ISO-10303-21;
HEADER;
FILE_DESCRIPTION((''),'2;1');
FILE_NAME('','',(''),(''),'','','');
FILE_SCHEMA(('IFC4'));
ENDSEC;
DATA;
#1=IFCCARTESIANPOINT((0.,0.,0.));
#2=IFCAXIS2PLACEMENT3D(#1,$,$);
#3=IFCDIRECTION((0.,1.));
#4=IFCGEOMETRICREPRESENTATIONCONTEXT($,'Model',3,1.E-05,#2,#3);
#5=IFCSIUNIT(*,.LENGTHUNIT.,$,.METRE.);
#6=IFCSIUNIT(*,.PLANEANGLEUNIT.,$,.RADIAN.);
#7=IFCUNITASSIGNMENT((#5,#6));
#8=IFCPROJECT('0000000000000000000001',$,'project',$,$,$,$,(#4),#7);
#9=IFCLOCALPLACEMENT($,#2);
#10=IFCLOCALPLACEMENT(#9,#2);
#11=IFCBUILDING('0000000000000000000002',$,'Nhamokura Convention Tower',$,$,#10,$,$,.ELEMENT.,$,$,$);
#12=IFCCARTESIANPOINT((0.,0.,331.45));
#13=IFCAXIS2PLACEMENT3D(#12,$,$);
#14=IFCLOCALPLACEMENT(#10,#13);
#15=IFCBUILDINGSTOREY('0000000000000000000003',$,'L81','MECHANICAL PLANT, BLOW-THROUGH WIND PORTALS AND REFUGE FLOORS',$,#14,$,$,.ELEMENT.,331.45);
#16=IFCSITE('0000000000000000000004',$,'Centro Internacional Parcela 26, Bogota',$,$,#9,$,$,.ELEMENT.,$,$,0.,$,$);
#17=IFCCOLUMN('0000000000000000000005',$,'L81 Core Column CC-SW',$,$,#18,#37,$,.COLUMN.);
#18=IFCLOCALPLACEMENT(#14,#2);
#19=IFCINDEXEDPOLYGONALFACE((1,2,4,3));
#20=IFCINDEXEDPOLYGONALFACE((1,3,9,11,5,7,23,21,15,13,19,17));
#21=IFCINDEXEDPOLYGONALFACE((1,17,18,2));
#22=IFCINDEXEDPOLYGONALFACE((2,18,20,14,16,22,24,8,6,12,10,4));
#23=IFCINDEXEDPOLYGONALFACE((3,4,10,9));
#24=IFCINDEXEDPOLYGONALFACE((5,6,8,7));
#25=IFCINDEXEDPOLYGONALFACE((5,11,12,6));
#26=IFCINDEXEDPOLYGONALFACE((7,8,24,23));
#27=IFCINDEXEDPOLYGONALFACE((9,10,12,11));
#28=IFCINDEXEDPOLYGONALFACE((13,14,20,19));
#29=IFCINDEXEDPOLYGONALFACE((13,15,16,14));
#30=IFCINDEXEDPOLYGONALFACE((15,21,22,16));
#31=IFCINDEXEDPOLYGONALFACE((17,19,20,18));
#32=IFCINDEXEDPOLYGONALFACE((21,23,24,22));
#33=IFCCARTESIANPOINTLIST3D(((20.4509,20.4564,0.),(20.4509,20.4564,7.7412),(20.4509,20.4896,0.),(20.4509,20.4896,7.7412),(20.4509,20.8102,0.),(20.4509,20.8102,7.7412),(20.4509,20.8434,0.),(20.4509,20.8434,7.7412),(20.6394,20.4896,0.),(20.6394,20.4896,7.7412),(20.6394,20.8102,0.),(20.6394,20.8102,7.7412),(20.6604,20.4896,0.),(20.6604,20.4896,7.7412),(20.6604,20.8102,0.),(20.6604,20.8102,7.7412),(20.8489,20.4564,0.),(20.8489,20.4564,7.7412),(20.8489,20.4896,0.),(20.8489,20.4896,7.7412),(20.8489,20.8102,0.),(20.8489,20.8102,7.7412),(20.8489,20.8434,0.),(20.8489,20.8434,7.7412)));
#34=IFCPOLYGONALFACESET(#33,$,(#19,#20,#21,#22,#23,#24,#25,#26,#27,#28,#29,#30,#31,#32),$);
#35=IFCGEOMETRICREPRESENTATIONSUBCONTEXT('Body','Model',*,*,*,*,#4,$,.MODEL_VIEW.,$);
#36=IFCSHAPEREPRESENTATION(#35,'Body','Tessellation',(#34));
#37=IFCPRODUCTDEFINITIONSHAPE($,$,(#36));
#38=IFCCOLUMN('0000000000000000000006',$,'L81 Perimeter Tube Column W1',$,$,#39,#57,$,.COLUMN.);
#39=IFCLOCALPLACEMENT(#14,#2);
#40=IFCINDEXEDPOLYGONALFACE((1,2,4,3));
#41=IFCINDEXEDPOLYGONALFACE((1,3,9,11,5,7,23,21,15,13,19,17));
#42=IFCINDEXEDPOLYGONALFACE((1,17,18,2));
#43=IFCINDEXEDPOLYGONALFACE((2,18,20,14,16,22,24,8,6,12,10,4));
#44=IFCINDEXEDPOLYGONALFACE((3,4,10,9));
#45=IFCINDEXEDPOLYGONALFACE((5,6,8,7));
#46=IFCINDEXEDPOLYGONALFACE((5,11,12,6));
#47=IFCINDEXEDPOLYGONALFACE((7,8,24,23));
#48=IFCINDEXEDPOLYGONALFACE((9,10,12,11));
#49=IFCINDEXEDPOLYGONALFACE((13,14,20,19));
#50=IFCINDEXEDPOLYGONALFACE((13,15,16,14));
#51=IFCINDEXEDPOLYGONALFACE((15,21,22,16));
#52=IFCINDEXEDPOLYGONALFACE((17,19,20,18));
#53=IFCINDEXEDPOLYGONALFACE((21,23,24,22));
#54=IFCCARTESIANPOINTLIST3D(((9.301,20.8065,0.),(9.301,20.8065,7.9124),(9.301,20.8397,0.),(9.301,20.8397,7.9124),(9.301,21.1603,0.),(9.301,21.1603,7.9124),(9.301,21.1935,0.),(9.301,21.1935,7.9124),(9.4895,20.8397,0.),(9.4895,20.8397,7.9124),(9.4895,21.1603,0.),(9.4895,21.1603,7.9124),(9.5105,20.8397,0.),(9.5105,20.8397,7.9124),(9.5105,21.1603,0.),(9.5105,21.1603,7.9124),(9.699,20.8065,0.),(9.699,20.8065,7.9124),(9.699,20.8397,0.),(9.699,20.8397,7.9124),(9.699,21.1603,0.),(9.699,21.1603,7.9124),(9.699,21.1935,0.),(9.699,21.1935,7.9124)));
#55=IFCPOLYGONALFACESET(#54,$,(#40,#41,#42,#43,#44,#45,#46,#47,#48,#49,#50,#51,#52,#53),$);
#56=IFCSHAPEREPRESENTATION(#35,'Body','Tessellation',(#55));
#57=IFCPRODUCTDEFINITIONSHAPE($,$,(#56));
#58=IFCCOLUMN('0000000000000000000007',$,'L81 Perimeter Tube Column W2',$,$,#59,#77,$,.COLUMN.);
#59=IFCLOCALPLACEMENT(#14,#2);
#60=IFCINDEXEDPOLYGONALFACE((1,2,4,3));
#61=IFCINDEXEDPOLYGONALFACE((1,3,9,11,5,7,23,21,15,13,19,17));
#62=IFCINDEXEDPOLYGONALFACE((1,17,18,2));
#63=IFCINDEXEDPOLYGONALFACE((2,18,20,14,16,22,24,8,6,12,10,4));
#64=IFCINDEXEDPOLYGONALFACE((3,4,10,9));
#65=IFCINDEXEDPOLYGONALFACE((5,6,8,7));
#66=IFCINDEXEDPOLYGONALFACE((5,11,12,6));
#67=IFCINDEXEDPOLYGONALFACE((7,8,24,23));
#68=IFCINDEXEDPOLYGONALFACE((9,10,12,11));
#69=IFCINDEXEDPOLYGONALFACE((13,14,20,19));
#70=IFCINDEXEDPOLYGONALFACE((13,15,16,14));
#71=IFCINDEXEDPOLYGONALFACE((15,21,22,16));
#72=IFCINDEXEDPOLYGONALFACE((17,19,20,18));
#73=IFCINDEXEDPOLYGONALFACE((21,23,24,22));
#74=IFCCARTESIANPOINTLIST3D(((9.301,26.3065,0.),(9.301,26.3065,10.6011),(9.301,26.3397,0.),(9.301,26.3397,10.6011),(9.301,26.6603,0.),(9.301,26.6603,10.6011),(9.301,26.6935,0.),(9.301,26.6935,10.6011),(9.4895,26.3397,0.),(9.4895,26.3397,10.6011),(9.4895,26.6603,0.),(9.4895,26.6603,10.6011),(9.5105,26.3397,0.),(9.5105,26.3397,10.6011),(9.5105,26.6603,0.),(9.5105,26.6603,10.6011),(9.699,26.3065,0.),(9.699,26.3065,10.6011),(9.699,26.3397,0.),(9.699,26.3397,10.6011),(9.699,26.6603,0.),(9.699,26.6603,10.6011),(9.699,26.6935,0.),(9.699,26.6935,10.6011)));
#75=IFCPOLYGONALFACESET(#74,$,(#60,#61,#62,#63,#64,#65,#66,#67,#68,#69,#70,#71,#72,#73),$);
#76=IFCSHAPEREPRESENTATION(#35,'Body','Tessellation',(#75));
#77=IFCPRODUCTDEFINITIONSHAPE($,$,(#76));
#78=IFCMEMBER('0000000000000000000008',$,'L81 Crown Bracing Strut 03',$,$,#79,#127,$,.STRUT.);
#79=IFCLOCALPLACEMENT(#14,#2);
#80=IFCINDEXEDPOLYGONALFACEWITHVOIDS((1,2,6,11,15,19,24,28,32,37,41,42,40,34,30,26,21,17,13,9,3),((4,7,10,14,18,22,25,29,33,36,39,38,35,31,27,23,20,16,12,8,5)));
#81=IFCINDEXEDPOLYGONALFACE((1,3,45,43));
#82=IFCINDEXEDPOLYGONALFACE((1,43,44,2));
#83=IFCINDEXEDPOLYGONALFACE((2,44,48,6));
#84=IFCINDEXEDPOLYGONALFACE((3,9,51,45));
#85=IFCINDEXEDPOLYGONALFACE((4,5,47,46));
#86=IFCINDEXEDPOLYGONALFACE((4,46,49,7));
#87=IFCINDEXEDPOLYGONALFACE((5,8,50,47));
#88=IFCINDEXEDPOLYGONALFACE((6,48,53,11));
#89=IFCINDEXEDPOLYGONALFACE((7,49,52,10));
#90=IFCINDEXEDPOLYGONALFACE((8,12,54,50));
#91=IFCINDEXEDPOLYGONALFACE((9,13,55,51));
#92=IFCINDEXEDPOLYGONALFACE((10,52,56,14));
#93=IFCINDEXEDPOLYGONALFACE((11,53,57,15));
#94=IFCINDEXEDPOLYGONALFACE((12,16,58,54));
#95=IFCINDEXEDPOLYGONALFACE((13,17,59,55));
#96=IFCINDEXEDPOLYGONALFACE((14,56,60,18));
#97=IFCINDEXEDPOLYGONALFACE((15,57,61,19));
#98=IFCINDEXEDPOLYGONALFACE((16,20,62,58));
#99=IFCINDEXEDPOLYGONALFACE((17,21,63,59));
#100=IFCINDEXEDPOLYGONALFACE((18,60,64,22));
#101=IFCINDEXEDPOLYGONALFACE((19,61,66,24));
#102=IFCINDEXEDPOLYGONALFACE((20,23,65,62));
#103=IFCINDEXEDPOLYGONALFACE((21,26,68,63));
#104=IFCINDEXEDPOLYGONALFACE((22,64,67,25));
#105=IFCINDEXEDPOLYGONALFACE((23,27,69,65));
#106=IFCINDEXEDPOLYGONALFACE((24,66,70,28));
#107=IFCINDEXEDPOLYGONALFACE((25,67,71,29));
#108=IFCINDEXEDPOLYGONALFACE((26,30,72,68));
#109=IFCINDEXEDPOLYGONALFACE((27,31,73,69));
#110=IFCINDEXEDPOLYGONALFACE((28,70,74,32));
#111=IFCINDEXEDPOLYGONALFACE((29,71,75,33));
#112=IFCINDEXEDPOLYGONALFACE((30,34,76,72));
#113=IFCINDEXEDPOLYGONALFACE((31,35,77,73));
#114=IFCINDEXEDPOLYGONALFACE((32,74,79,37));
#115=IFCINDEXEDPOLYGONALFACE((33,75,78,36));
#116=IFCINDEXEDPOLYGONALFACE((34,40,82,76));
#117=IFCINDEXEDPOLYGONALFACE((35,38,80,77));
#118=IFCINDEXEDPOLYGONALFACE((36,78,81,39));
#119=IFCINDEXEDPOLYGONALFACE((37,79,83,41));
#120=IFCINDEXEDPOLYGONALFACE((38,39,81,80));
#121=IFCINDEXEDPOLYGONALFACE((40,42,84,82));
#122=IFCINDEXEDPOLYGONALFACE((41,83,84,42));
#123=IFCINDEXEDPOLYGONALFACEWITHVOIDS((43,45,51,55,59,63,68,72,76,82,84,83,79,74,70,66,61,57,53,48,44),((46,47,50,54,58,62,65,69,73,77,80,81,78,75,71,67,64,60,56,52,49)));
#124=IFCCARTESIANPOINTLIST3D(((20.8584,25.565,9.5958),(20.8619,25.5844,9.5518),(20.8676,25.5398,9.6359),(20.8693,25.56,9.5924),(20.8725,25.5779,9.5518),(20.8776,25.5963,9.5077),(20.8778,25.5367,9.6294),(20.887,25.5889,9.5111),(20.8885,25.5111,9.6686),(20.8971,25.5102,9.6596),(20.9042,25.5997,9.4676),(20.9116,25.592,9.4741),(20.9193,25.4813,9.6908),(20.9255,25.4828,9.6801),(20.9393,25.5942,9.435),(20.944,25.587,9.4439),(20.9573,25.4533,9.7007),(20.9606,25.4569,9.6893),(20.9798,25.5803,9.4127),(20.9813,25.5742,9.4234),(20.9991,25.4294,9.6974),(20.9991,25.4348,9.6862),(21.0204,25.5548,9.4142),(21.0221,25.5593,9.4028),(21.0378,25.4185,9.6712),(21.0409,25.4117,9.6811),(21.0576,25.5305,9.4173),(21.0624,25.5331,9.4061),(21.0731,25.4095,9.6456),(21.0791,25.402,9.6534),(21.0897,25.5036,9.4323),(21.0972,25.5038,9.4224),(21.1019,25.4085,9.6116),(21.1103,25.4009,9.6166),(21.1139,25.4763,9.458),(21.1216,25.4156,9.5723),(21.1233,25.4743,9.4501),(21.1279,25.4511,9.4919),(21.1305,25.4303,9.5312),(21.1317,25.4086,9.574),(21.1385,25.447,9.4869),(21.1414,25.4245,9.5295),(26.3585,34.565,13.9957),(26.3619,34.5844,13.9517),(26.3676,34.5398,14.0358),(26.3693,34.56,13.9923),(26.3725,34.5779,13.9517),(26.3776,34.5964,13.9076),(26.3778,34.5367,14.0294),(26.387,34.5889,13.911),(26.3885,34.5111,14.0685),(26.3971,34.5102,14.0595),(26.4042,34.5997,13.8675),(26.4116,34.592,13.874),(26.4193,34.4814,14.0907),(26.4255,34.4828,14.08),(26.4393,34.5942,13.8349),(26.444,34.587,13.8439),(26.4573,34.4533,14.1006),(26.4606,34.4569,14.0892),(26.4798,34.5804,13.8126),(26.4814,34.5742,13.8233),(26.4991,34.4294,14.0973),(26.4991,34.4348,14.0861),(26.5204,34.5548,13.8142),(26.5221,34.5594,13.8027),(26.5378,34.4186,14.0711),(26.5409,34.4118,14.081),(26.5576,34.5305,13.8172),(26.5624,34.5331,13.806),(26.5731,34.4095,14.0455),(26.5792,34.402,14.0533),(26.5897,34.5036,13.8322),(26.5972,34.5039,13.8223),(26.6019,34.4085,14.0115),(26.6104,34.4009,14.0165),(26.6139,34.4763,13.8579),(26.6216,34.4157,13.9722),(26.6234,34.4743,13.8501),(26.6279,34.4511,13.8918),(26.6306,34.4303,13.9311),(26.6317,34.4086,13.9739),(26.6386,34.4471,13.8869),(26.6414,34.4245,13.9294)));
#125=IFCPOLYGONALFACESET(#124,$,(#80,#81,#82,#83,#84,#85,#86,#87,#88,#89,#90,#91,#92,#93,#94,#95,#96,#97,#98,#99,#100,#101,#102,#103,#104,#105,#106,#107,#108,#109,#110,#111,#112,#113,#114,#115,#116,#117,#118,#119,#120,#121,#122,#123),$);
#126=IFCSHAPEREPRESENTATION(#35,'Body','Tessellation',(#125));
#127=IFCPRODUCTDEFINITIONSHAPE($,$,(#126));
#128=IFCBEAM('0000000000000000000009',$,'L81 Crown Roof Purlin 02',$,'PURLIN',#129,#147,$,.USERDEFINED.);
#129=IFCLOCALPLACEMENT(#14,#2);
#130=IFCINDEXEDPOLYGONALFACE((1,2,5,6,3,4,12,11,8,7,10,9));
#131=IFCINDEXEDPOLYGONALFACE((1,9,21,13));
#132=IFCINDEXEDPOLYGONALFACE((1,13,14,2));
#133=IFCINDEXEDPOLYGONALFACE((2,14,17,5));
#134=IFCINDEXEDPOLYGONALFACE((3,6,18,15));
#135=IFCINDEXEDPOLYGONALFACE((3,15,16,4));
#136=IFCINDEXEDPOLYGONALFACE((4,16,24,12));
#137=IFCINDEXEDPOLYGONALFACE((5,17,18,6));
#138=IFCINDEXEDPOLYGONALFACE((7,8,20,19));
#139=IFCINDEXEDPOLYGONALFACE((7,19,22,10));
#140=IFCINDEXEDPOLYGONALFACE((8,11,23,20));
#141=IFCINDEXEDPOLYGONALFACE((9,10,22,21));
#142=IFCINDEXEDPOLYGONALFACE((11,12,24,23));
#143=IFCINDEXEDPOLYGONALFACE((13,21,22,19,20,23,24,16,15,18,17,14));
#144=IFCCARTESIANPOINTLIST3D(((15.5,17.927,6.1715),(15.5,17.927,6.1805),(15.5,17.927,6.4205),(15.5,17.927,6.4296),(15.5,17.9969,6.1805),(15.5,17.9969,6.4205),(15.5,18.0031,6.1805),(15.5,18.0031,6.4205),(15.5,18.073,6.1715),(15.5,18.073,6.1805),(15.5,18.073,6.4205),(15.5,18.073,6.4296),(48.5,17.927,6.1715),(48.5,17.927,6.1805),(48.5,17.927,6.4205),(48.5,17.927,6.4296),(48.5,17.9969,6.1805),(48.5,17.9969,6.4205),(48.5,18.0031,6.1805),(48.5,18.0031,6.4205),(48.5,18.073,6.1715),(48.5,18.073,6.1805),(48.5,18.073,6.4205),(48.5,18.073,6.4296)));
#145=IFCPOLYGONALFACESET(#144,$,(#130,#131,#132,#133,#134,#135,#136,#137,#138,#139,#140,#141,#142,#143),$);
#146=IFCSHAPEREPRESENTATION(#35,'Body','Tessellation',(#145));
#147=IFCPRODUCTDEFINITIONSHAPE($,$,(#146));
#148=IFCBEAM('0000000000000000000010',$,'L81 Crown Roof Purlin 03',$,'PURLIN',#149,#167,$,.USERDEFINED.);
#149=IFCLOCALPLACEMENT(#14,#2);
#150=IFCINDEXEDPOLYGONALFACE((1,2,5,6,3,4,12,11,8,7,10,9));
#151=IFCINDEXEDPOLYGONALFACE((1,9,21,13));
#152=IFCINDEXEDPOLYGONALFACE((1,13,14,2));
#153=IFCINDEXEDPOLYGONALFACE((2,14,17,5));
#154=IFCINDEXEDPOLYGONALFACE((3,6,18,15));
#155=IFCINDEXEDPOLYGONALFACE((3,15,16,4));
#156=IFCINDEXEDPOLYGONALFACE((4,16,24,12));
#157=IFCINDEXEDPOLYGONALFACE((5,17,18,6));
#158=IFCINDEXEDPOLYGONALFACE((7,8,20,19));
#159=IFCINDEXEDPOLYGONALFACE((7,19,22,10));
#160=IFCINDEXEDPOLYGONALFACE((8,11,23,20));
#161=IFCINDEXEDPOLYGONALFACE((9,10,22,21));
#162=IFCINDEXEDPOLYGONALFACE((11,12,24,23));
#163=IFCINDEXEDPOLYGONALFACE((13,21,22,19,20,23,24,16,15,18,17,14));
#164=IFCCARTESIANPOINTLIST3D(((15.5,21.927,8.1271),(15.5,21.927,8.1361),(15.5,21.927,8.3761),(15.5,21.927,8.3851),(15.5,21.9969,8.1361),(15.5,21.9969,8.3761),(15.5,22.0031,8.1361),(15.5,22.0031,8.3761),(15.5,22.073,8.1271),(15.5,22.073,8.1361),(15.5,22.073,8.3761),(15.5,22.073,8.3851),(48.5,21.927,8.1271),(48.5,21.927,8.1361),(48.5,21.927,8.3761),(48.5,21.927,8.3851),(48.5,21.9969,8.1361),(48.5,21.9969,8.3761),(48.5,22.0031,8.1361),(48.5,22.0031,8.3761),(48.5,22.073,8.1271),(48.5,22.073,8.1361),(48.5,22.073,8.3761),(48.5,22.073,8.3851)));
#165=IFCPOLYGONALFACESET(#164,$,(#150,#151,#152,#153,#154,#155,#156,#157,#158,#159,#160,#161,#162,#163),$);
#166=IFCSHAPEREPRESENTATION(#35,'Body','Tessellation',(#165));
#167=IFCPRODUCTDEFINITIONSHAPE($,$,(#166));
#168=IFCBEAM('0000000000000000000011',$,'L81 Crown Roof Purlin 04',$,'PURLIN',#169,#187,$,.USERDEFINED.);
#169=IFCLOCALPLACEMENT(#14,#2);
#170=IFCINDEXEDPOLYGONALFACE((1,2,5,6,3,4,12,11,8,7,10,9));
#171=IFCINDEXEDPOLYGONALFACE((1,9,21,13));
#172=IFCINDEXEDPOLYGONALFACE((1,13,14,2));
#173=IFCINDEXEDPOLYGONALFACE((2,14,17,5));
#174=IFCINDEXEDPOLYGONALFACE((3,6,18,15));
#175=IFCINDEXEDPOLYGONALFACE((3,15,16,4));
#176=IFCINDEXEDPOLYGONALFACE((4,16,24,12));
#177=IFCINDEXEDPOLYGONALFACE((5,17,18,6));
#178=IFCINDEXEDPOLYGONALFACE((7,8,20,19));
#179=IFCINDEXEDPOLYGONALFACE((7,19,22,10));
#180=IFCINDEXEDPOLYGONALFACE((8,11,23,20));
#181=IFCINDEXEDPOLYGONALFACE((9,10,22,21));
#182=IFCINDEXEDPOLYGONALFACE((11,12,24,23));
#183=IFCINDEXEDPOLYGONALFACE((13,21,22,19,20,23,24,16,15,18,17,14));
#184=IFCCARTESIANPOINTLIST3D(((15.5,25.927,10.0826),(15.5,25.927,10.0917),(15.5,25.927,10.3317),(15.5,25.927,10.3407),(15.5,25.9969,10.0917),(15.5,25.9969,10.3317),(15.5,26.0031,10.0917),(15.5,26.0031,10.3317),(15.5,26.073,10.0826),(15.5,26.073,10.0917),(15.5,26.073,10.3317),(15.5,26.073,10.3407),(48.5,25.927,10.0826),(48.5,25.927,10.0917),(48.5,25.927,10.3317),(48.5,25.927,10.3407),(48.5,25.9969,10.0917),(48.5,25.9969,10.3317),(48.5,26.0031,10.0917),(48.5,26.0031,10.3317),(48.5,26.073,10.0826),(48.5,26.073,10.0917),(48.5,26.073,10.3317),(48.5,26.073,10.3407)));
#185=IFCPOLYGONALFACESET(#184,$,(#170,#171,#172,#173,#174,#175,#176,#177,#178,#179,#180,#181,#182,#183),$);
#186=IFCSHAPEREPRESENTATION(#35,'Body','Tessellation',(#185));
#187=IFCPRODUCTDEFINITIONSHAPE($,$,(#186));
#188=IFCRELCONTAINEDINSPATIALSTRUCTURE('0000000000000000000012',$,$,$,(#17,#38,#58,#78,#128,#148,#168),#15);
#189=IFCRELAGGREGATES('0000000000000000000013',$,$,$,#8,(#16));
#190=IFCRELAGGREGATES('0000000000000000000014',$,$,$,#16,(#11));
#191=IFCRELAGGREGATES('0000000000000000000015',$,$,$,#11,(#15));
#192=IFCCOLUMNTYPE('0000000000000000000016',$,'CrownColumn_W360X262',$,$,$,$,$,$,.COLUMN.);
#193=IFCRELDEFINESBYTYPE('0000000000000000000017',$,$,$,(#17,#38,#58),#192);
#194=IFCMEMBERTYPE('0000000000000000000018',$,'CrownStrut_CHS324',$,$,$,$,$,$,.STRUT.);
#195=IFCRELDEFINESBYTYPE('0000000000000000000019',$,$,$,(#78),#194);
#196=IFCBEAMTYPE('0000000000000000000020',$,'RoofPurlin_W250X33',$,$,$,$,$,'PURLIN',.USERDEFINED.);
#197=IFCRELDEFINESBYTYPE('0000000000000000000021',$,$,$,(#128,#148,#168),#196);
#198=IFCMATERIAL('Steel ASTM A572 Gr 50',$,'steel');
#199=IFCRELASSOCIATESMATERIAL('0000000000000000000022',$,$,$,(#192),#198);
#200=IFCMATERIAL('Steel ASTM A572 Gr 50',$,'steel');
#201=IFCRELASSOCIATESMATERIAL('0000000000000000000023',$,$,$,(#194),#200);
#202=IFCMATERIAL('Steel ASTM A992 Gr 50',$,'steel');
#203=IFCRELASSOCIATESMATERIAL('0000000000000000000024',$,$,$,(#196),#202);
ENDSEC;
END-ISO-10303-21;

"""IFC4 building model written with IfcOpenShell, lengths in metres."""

from ifc_helpers import new_model, si_unit, direction, frame, origin, origin_2d, place, context, subcontext, project, spatial, hollow_circle, i_section, extrude, material, material_profile, profile_set, type_object, element, save


model = new_model("IFC4")

# Units and contexts
model_context = context("Model", 3, precision=1e-05, world=origin(), true_north=direction((0.0, 1.0)))
body_context = subcontext(model_context, "Body", "Model", "MODEL_VIEW")
ifc_project = project(units=[si_unit("LENGTHUNIT", "METRE"), si_unit("PLANEANGLEUNIT", "RADIAN")], contexts=[model_context])

# Site, building, storey
site_placement = place(None, origin())
site = spatial("IfcSite", under=ifc_project, at=site_placement, Name="Centro Internacional Parcela 26, Bogota", CompositionType="ELEMENT", RefElevation=0.0)
building_placement = place(site_placement, origin())
building = spatial("IfcBuilding", under=site, at=building_placement, Name="Nhamokura Convention Tower", CompositionType="ELEMENT")
storey_placement = place(building_placement, frame((0.0, 0.0, 331.45)))
storey = spatial("IfcBuildingStorey", under=building, at=storey_placement, Name="L81", Description="MECHANICAL PLANT, BLOW-THROUGH WIND PORTALS AND REFUGE FLOORS", CompositionType="ELEMENT", Elevation=331.45)

# Columns
ifc_material_1 = material(Name="Steel ASTM A572 Gr 50", Category="steel")
ifc_material_profile_1 = material_profile(ifc_material_1, i_section(OverallWidth=0.3979, OverallDepth=0.387, WebThickness=0.021, FlangeThickness=0.0332, at=origin_2d()))
ifc_profile_set_1 = profile_set([ifc_material_profile_1], Name="Steel ASTM A572 Gr 50")
column_type = type_object("IfcColumnType", Name="CrownColumn_W360X262", PredefinedType="COLUMN", material=ifc_profile_set_1)
column_1_placement = place(storey_placement, frame((20.6499, 20.6499, 0.0), z_axis=(0.0, 0.0, 1.0), x_axis=(1.0, 0.0, 0.0)))
element("IfcColumn", 1, at=column_1_placement, inside=storey, type_object=column_type, Name="L81 Core Column CC-SW", PredefinedType="COLUMN", context=body_context, shape_type="SweptSolid", body=[
    extrude(i_section(OverallWidth=0.3979, OverallDepth=0.387, WebThickness=0.021, FlangeThickness=0.0332, at=origin_2d()), origin(), (0.0, 0.0, 1.0), 7.7412),
])
column_2_placement = place(storey_placement, frame((9.5, 21.0, 0.0), z_axis=(0.0, 0.0, 1.0), x_axis=(1.0, 0.0, 0.0)))
element("IfcColumn", 2, at=column_2_placement, inside=storey, type_object=column_type, Name="L81 Perimeter Tube Column W1", PredefinedType="COLUMN", context=body_context, shape_type="SweptSolid", body=[
    extrude(i_section(OverallWidth=0.3979, OverallDepth=0.387, WebThickness=0.021, FlangeThickness=0.0332, at=origin_2d()), origin(), (0.0, 0.0, 1.0), 7.9124),
])
column_3_placement = place(storey_placement, frame((9.5, 26.5, 0.0), z_axis=(0.0, 0.0, 1.0), x_axis=(1.0, 0.0, 0.0)))
element("IfcColumn", 3, at=column_3_placement, inside=storey, type_object=column_type, Name="L81 Perimeter Tube Column W2", PredefinedType="COLUMN", context=body_context, shape_type="SweptSolid", body=[
    extrude(i_section(OverallWidth=0.3979, OverallDepth=0.387, WebThickness=0.021, FlangeThickness=0.0332, at=origin_2d()), origin(), (0.0, 0.0, 1.0), 10.6011),
])

# Member
ifc_material_2 = material(Name="Steel ASTM A572 Gr 50", Category="steel")
ifc_material_profile_2 = material_profile(ifc_material_2, hollow_circle(Radius=0.1619, WallThickness=0.0125, at=origin_2d()))
ifc_profile_set_2 = profile_set([ifc_material_profile_2], Name="Steel ASTM A572 Gr 50")
member_type = type_object("IfcMemberType", Name="CrownStrut_CHS324", PredefinedType="STRUT", material=ifc_profile_set_2)
member_placement = place(storey_placement, frame((21.0, 25.5, 9.5518), z_axis=(0.481256, 0.787509, 0.384996), x_axis=(-0.853282, 0.52145, 0.0)))
element("IfcMember", 4, at=member_placement, inside=storey, type_object=member_type, Name="L81 Crown Bracing Strut 03", PredefinedType="STRUT", context=body_context, shape_type="SweptSolid", body=[
    extrude(hollow_circle(Radius=0.1619, WallThickness=0.0125, at=origin_2d()), origin(), (0.0, 0.0, 1.0), 11.4285),
])

# Beams
ifc_material_3 = material(Name="Steel ASTM A992 Gr 50", Category="steel")
ifc_material_profile_3 = material_profile(ifc_material_3, i_section(OverallWidth=0.146, OverallDepth=0.2581, WebThickness=0.0061, FlangeThickness=0.009, at=origin_2d()))
ifc_profile_set_3 = profile_set([ifc_material_profile_3], Name="Steel ASTM A992 Gr 50")
beam_type = type_object("IfcBeamType", Name="RoofPurlin_W250X33", ElementType="PURLIN", PredefinedType="USERDEFINED", material=ifc_profile_set_3)
for number, where, z_axis, x_axis, name in (
    (5, (15.5, 18.0, 6.3005), (1.0, 0.0, 0.0), (0.0, 1.0, 0.0), "L81 Crown Roof Purlin 02"),
    (6, (15.5, 22.0, 8.2561), (1.0, 0.0, 0.0), (0.0, 1.0, 0.0), "L81 Crown Roof Purlin 03"),
    (7, (15.5, 26.0, 10.2117), (1.0, 0.0, 0.0), (0.0, 1.0, 0.0), "L81 Crown Roof Purlin 04"),
):
    element("IfcBeam", number, at=place(storey_placement, frame(where, z_axis=z_axis, x_axis=x_axis)), inside=storey, type_object=beam_type, Name=name, ObjectType="PURLIN", PredefinedType="USERDEFINED", context=body_context, shape_type="SweptSolid", body=[
        extrude(i_section(OverallWidth=0.146, OverallDepth=0.2581, WebThickness=0.0061, FlangeThickness=0.009, at=origin_2d()), origin(), (0.0, 0.0, 1.0), 33.0),
    ])

save(model, "model.ifc")
